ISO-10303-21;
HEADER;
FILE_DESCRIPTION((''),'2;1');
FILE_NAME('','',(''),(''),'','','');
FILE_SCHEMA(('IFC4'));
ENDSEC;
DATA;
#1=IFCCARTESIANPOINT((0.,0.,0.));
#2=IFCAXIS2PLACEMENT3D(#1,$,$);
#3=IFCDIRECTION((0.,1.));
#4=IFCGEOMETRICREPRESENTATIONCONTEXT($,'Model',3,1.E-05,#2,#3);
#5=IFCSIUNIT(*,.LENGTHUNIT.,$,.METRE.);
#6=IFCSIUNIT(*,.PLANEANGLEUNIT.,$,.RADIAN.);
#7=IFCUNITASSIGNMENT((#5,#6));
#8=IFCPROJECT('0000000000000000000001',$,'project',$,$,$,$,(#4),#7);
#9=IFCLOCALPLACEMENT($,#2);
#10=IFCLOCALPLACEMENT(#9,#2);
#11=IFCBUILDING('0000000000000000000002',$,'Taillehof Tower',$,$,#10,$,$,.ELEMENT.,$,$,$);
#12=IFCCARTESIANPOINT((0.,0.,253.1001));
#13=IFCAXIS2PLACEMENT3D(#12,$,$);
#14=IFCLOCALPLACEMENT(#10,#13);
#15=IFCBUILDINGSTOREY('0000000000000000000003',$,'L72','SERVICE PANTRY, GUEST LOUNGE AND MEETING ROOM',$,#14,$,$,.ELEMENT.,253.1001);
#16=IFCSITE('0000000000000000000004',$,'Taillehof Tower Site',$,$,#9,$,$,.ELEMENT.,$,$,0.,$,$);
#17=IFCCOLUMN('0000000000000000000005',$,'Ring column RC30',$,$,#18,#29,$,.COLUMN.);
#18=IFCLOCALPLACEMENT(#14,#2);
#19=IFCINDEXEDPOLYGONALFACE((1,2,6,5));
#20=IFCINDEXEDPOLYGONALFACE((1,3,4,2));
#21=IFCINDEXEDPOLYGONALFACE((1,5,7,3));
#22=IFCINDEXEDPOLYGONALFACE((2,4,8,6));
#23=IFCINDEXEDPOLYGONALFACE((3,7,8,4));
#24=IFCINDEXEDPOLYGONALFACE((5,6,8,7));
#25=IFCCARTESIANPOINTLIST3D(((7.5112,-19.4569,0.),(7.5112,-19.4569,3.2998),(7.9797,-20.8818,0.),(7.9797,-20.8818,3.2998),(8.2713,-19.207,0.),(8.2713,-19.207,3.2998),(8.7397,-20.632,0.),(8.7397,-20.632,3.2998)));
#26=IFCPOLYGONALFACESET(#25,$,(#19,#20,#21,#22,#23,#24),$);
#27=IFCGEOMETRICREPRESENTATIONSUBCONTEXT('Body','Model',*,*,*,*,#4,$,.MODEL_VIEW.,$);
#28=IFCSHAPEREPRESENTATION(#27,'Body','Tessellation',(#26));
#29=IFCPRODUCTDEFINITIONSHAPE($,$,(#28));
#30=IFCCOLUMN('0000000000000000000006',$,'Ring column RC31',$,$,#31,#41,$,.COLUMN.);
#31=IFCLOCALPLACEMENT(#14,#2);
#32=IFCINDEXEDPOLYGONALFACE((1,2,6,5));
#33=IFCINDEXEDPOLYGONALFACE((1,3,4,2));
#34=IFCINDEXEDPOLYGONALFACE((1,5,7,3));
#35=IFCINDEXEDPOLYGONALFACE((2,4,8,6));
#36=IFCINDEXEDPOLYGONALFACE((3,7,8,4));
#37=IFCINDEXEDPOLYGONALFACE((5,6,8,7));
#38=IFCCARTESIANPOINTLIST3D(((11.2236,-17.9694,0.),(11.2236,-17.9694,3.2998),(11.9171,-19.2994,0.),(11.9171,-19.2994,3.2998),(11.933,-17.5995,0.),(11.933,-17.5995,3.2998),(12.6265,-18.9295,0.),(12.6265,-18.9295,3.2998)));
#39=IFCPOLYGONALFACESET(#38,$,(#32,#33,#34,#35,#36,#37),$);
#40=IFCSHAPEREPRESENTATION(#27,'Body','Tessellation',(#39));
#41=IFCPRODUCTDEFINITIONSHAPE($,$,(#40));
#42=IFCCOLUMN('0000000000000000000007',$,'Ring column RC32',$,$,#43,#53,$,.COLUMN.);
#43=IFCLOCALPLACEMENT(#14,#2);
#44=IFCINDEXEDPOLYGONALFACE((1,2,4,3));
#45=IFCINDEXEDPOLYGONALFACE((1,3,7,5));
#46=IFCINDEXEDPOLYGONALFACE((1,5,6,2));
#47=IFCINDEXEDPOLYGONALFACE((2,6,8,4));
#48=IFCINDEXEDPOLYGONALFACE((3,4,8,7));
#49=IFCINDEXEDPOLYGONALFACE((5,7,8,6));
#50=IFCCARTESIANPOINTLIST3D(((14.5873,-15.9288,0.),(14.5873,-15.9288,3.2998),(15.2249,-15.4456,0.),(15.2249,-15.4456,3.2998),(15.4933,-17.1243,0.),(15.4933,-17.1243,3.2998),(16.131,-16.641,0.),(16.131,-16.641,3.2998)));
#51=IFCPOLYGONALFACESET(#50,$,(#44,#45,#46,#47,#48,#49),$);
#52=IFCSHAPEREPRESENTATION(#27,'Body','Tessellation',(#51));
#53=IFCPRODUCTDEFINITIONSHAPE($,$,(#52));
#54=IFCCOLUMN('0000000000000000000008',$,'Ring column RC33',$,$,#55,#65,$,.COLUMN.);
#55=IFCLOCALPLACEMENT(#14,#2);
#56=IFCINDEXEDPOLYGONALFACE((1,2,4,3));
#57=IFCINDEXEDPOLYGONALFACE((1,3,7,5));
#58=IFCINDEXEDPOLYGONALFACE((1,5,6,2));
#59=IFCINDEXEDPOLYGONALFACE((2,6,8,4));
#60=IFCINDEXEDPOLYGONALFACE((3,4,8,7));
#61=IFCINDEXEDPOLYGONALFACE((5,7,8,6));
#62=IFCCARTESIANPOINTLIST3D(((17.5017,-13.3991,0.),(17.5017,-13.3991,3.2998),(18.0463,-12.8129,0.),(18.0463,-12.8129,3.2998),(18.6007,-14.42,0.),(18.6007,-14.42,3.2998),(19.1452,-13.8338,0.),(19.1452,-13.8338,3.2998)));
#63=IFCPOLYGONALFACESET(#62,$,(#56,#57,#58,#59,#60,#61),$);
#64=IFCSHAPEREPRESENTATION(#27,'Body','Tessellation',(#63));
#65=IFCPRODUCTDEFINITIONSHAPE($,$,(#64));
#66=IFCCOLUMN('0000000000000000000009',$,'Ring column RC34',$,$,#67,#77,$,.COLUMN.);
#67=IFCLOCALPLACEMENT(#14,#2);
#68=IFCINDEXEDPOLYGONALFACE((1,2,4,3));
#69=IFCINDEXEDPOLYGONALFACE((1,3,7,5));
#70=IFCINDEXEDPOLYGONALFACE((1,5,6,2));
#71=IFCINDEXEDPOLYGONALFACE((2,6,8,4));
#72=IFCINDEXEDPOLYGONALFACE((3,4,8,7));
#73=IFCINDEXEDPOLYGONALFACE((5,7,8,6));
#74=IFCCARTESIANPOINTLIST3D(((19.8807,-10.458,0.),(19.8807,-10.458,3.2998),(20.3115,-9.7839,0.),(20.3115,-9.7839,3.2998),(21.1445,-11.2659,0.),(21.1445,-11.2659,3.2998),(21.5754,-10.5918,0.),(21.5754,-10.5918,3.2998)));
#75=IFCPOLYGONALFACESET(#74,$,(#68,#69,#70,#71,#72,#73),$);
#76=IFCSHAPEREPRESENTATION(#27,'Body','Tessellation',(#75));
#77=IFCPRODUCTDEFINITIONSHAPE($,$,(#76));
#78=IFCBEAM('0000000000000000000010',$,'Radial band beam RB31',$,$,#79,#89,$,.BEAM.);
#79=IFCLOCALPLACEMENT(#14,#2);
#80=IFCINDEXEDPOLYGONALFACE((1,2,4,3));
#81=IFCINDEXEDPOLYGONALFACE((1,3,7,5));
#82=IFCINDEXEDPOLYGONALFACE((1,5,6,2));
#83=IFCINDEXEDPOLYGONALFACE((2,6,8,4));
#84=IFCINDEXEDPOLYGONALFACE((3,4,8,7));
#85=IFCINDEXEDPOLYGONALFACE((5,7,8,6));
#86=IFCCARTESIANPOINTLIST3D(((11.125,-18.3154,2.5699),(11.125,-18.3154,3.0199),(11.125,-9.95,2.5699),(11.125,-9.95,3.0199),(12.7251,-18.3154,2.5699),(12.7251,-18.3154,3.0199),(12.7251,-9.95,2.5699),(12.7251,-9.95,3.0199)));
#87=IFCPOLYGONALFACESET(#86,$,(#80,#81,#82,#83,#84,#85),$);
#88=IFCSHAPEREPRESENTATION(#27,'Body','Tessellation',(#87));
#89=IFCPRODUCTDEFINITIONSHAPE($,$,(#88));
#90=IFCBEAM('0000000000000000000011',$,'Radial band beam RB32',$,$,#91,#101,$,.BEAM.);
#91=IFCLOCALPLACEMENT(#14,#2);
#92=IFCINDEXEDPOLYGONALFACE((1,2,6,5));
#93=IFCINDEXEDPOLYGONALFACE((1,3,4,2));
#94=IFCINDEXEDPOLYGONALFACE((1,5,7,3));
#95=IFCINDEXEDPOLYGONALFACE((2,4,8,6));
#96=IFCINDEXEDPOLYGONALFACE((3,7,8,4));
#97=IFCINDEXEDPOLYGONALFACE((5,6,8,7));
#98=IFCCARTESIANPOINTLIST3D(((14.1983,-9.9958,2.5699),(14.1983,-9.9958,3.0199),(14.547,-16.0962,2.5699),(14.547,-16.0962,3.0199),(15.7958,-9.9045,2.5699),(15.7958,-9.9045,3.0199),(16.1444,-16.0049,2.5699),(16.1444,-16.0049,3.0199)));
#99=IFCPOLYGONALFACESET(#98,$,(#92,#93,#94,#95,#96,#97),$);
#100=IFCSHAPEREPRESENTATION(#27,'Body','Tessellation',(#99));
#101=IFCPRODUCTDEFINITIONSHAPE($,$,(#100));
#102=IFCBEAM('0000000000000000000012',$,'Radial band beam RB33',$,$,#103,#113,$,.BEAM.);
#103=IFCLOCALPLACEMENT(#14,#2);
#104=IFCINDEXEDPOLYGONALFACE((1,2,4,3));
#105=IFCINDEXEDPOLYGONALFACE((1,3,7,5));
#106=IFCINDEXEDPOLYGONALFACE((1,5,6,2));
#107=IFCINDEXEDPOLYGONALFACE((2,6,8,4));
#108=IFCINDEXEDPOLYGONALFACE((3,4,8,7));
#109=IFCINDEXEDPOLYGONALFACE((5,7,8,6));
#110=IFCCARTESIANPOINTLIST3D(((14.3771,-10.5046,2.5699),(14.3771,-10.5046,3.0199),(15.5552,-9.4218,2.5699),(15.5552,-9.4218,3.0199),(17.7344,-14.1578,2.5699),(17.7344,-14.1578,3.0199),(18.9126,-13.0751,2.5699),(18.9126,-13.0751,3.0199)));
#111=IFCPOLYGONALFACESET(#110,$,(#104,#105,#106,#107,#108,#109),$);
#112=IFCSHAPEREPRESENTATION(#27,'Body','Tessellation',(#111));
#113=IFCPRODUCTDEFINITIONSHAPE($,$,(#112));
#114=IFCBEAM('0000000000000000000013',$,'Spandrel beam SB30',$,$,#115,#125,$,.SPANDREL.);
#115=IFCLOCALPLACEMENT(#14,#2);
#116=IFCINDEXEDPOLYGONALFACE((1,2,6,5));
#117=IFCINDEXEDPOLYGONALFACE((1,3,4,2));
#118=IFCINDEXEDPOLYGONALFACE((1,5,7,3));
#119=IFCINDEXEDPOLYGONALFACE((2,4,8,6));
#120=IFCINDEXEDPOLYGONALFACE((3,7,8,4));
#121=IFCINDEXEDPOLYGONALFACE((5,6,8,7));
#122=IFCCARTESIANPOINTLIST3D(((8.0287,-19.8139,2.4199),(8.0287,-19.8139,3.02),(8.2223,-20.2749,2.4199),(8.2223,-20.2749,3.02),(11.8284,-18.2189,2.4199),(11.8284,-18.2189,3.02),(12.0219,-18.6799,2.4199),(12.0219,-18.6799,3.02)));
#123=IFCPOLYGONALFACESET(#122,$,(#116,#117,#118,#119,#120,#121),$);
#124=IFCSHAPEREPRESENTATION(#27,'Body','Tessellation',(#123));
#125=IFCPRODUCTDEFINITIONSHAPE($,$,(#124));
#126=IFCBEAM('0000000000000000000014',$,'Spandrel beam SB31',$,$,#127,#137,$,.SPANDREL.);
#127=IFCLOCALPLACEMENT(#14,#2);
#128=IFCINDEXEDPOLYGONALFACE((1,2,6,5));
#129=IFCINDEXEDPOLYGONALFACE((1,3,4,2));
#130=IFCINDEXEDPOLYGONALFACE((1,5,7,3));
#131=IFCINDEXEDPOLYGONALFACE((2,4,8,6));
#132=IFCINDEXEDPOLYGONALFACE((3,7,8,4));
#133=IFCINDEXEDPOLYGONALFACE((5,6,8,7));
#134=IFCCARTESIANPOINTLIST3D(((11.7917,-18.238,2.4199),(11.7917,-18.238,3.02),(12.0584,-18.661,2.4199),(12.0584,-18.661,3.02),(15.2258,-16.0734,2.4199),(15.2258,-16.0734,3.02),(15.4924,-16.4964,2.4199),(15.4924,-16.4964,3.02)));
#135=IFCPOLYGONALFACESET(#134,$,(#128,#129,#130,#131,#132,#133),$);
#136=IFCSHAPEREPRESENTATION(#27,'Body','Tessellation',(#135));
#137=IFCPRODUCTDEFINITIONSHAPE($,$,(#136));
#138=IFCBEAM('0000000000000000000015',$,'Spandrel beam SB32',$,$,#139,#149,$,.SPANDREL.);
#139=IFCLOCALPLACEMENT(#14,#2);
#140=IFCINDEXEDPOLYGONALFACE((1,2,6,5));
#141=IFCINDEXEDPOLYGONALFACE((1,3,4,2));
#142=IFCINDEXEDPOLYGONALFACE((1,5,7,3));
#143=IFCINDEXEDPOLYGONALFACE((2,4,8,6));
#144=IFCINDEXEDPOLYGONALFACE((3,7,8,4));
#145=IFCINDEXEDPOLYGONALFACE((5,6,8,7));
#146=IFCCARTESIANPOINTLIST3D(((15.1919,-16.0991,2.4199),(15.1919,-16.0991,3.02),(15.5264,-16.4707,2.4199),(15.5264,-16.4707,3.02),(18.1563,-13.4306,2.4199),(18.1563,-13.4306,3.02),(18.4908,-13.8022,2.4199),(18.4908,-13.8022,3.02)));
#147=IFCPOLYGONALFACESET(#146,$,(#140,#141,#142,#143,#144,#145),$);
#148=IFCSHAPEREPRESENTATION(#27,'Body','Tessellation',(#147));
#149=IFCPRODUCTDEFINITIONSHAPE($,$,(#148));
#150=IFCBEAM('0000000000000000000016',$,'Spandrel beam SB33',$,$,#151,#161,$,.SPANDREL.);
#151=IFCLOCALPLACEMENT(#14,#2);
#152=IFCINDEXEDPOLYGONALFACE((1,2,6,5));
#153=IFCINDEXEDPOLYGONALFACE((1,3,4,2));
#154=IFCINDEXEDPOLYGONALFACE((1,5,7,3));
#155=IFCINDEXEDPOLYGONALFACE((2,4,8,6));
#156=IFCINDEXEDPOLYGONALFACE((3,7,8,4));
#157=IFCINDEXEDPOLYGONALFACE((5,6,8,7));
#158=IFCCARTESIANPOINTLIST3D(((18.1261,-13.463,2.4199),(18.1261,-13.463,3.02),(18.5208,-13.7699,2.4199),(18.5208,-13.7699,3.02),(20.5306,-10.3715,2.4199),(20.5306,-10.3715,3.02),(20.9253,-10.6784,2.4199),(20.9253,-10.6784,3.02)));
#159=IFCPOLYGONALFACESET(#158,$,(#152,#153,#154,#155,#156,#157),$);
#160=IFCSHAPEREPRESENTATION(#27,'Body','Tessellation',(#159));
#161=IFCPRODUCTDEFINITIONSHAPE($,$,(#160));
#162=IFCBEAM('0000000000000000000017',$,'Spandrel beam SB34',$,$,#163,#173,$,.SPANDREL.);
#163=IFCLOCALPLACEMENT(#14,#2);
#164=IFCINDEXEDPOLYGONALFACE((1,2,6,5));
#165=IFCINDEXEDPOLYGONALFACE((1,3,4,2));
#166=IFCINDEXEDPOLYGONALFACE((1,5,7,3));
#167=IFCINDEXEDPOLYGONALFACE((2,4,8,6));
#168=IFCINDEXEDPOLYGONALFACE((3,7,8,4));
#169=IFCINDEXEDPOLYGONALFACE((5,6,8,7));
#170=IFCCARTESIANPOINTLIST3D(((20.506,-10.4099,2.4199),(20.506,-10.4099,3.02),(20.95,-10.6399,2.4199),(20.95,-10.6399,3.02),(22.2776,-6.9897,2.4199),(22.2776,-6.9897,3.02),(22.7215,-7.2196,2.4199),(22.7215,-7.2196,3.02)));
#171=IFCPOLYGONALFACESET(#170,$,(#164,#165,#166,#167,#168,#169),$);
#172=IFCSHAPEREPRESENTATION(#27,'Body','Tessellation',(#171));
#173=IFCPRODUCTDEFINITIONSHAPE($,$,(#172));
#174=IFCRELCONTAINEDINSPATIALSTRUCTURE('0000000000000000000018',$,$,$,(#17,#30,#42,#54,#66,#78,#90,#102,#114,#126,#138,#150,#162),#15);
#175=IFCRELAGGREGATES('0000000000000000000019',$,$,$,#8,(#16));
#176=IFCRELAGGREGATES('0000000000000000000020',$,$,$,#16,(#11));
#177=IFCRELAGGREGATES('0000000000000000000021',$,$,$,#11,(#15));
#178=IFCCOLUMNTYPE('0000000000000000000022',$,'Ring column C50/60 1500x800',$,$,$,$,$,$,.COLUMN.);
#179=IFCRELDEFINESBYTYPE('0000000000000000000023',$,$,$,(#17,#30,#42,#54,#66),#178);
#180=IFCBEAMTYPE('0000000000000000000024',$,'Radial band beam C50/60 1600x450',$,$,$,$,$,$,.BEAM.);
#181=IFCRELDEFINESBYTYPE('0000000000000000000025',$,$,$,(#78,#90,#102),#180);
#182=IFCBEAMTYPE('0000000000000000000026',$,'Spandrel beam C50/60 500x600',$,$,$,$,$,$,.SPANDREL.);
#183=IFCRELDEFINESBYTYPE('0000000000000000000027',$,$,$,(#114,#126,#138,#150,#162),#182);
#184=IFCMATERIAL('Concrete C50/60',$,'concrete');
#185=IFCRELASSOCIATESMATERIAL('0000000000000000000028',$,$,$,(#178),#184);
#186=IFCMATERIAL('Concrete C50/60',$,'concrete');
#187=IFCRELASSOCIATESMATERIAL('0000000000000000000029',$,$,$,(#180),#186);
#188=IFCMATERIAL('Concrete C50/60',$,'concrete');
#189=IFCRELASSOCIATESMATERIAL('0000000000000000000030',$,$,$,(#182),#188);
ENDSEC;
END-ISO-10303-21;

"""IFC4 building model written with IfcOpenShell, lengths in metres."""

from ifc_helpers import new_model, si_unit, direction, frame, origin, origin_2d, place, context, subcontext, project, spatial, rectangle, extrude, material, material_profile, profile_set, type_object, element, save


model = new_model("IFC4")

# Units and contexts
model_context = context("Model", 3, precision=1e-05, world=origin(), true_north=direction((0.0, 1.0)))
body_context = subcontext(model_context, "Body", "Model", "MODEL_VIEW")
ifc_project = project(units=[si_unit("LENGTHUNIT", "METRE"), si_unit("PLANEANGLEUNIT", "RADIAN")], contexts=[model_context])

# Site, building, storey
site_placement = place(None, origin())
site = spatial("IfcSite", under=ifc_project, at=site_placement, Name="Taillehof Tower Site", CompositionType="ELEMENT", RefElevation=0.0)
building_placement = place(site_placement, origin())
building = spatial("IfcBuilding", under=site, at=building_placement, Name="Taillehof Tower", CompositionType="ELEMENT")
storey_placement = place(building_placement, frame((0.0, 0.0, 253.1001)))
storey = spatial("IfcBuildingStorey", under=building, at=storey_placement, Name="L72", Description="SERVICE PANTRY, GUEST LOUNGE AND MEETING ROOM", CompositionType="ELEMENT", Elevation=253.1001)

# Columns
ifc_material_1 = material(Name="Concrete C50/60", Category="concrete")
ifc_material_profile_1 = material_profile(ifc_material_1, rectangle(XDim=1.5, YDim=0.8, at=origin_2d()), Name="RC 1500x800")
ifc_profile_set_1 = profile_set([ifc_material_profile_1], Name="Concrete C50/60")
column_type = type_object("IfcColumnType", Name="Ring column C50/60 1500x800", PredefinedType="COLUMN", material=ifc_profile_set_1)
for number, where, z_axis, x_axis, name in (
    (1, (8.1255, -20.0444, 0.0), (0.0, 0.0, 1.0), (0.312304, -0.949982, 0.0), "Ring column RC30"),
    (2, (11.925, -18.4495, 0.0), (0.0, 0.0, 1.0), (0.462384, -0.88668, 0.0), "Ring column RC31"),
    (3, (15.3591, -16.2849, 0.0), (0.0, 0.0, 1.0), (0.60402, -0.796969, 0.0), "Ring column RC32"),
    (4, (18.3235, -13.6165, 0.0), (0.0, 0.0, 1.0), (0.732636, -0.680621, 0.0), "Ring column RC33"),
    (5, (20.728, -10.5249, 0.0), (0.0, 0.0, 1.0), (0.842574, -0.538581, 0.0), "Ring column RC34"),
):
    element("IfcColumn", number, at=place(storey_placement, frame(where, z_axis=z_axis, x_axis=x_axis)), inside=storey, type_object=column_type, Name=name, PredefinedType="COLUMN", context=body_context, shape_type="SweptSolid", body=[
        extrude(rectangle(XDim=1.5, YDim=0.8, at=origin_2d()), origin(), (0.0, 0.0, 1.0), 3.2998),
    ])

# Beams
ifc_material_2 = material(Name="Concrete C50/60", Category="concrete")
ifc_material_profile_2 = material_profile(ifc_material_2, rectangle(XDim=1.6001, YDim=0.45, at=origin_2d()), Name="RC 1600x450")
ifc_profile_set_2 = profile_set([ifc_material_profile_2], Name="Concrete C50/60")
beam_type_1 = type_object("IfcBeamType", Name="Radial band beam C50/60 1600x450", PredefinedType="BEAM", material=ifc_profile_set_2)
beam_1_placement = place(storey_placement, frame((11.925, -18.3154, 2.7949), z_axis=(0.0, 1.0, 0.0), x_axis=(-1.0, 0.0, 0.0)))
element("IfcBeam", 6, at=beam_1_placement, inside=storey, type_object=beam_type_1, Name="Radial band beam RB31", PredefinedType="BEAM", context=body_context, shape_type="SweptSolid", body=[
    extrude(rectangle(XDim=1.6001, YDim=0.45, at=origin_2d()), origin(), (0.0, 0.0, 1.0), 8.3655),
])
beam_2_placement = place(storey_placement, frame((15.3457, -16.0505, 2.7949), z_axis=(-0.057057, 0.998371, 0.0), x_axis=(-0.998371, -0.057057, 0.0)))
element("IfcBeam", 7, at=beam_2_placement, inside=storey, type_object=beam_type_1, Name="Radial band beam RB32", PredefinedType="BEAM", context=body_context, shape_type="SweptSolid", body=[
    extrude(rectangle(XDim=1.6001, YDim=0.45, at=origin_2d()), origin(), (0.0, 0.0, 1.0), 6.1104),
])
beam_3_placement = place(storey_placement, frame((18.3235, -13.6165, 2.7949), z_axis=(-0.67666, 0.736296, 0.0), x_axis=(-0.736296, -0.67666, 0.0)))
element("IfcBeam", 8, at=beam_3_placement, inside=storey, type_object=beam_type_1, Name="Radial band beam RB33", PredefinedType="BEAM", context=body_context, shape_type="SweptSolid", body=[
    extrude(rectangle(XDim=1.6001, YDim=0.45, at=origin_2d()), origin(), (0.0, 0.0, 1.0), 4.9617),
])
ifc_material_3 = material(Name="Concrete C50/60", Category="concrete")
ifc_material_profile_3 = material_profile(ifc_material_3, rectangle(XDim=0.5, YDim=0.6001, at=origin_2d()), Name="RC 500x600")
ifc_profile_set_3 = profile_set([ifc_material_profile_3], Name="Concrete C50/60")
beam_type_2 = type_object("IfcBeamType", Name="Spandrel beam C50/60 500x600", PredefinedType="SPANDREL", material=ifc_profile_set_3)
beam_4_placement = place(storey_placement, frame((8.1255, -20.0444, 2.72), z_axis=(0.922055, 0.387058, 0.0), x_axis=(-0.387058, 0.922055, 0.0)))
element("IfcBeam", 9, at=beam_4_placement, inside=storey, type_object=beam_type_2, Name="Spandrel beam SB30", PredefinedType="SPANDREL", context=body_context, shape_type="SweptSolid", body=[
    extrude(rectangle(XDim=0.5, YDim=0.6001, at=origin_2d()), origin(), (0.0, 0.0, 1.0), 4.1208),
])
beam_5_placement = place(storey_placement, frame((11.925, -18.4495, 2.72), z_axis=(0.845972, 0.533228, 0.0), x_axis=(-0.533228, 0.845972, 0.0)))
element("IfcBeam", 10, at=beam_5_placement, inside=storey, type_object=beam_type_2, Name="Spandrel beam SB31", PredefinedType="SPANDREL", context=body_context, shape_type="SweptSolid", body=[
    extrude(rectangle(XDim=0.5, YDim=0.6001, at=origin_2d()), origin(), (0.0, 0.0, 1.0), 4.0593),
])
beam_6_placement = place(storey_placement, frame((15.3591, -16.2849, 2.72), z_axis=(0.743227, 0.669039, 0.0), x_axis=(-0.669039, 0.743227, 0.0)))
element("IfcBeam", 11, at=beam_6_placement, inside=storey, type_object=beam_type_2, Name="Spandrel beam SB32", PredefinedType="SPANDREL", context=body_context, shape_type="SweptSolid", body=[
    extrude(rectangle(XDim=0.5, YDim=0.6001, at=origin_2d()), origin(), (0.0, 0.0, 1.0), 3.9885),
])
beam_7_placement = place(storey_placement, frame((18.3235, -13.6165, 2.72), z_axis=(0.613941, 0.789352, 0.0), x_axis=(-0.789352, 0.613941, 0.0)))
element("IfcBeam", 12, at=beam_7_placement, inside=storey, type_object=beam_type_2, Name="Spandrel beam SB33", PredefinedType="SPANDREL", context=body_context, shape_type="SweptSolid", body=[
    extrude(rectangle(XDim=0.5, YDim=0.6001, at=origin_2d()), origin(), (0.0, 0.0, 1.0), 3.9165),
])
beam_8_placement = place(storey_placement, frame((20.728, -10.5249, 2.72), z_axis=(0.459921, 0.88796, 0.0), x_axis=(-0.88796, 0.459921, 0.0)))
element("IfcBeam", 13, at=beam_8_placement, inside=storey, type_object=beam_type_2, Name="Spandrel beam SB34", PredefinedType="SPANDREL", context=body_context, shape_type="SweptSolid", body=[
    extrude(rectangle(XDim=0.5, YDim=0.6001, at=origin_2d()), origin(), (0.0, 0.0, 1.0), 3.8518),
])

save(model, "model.ifc")
